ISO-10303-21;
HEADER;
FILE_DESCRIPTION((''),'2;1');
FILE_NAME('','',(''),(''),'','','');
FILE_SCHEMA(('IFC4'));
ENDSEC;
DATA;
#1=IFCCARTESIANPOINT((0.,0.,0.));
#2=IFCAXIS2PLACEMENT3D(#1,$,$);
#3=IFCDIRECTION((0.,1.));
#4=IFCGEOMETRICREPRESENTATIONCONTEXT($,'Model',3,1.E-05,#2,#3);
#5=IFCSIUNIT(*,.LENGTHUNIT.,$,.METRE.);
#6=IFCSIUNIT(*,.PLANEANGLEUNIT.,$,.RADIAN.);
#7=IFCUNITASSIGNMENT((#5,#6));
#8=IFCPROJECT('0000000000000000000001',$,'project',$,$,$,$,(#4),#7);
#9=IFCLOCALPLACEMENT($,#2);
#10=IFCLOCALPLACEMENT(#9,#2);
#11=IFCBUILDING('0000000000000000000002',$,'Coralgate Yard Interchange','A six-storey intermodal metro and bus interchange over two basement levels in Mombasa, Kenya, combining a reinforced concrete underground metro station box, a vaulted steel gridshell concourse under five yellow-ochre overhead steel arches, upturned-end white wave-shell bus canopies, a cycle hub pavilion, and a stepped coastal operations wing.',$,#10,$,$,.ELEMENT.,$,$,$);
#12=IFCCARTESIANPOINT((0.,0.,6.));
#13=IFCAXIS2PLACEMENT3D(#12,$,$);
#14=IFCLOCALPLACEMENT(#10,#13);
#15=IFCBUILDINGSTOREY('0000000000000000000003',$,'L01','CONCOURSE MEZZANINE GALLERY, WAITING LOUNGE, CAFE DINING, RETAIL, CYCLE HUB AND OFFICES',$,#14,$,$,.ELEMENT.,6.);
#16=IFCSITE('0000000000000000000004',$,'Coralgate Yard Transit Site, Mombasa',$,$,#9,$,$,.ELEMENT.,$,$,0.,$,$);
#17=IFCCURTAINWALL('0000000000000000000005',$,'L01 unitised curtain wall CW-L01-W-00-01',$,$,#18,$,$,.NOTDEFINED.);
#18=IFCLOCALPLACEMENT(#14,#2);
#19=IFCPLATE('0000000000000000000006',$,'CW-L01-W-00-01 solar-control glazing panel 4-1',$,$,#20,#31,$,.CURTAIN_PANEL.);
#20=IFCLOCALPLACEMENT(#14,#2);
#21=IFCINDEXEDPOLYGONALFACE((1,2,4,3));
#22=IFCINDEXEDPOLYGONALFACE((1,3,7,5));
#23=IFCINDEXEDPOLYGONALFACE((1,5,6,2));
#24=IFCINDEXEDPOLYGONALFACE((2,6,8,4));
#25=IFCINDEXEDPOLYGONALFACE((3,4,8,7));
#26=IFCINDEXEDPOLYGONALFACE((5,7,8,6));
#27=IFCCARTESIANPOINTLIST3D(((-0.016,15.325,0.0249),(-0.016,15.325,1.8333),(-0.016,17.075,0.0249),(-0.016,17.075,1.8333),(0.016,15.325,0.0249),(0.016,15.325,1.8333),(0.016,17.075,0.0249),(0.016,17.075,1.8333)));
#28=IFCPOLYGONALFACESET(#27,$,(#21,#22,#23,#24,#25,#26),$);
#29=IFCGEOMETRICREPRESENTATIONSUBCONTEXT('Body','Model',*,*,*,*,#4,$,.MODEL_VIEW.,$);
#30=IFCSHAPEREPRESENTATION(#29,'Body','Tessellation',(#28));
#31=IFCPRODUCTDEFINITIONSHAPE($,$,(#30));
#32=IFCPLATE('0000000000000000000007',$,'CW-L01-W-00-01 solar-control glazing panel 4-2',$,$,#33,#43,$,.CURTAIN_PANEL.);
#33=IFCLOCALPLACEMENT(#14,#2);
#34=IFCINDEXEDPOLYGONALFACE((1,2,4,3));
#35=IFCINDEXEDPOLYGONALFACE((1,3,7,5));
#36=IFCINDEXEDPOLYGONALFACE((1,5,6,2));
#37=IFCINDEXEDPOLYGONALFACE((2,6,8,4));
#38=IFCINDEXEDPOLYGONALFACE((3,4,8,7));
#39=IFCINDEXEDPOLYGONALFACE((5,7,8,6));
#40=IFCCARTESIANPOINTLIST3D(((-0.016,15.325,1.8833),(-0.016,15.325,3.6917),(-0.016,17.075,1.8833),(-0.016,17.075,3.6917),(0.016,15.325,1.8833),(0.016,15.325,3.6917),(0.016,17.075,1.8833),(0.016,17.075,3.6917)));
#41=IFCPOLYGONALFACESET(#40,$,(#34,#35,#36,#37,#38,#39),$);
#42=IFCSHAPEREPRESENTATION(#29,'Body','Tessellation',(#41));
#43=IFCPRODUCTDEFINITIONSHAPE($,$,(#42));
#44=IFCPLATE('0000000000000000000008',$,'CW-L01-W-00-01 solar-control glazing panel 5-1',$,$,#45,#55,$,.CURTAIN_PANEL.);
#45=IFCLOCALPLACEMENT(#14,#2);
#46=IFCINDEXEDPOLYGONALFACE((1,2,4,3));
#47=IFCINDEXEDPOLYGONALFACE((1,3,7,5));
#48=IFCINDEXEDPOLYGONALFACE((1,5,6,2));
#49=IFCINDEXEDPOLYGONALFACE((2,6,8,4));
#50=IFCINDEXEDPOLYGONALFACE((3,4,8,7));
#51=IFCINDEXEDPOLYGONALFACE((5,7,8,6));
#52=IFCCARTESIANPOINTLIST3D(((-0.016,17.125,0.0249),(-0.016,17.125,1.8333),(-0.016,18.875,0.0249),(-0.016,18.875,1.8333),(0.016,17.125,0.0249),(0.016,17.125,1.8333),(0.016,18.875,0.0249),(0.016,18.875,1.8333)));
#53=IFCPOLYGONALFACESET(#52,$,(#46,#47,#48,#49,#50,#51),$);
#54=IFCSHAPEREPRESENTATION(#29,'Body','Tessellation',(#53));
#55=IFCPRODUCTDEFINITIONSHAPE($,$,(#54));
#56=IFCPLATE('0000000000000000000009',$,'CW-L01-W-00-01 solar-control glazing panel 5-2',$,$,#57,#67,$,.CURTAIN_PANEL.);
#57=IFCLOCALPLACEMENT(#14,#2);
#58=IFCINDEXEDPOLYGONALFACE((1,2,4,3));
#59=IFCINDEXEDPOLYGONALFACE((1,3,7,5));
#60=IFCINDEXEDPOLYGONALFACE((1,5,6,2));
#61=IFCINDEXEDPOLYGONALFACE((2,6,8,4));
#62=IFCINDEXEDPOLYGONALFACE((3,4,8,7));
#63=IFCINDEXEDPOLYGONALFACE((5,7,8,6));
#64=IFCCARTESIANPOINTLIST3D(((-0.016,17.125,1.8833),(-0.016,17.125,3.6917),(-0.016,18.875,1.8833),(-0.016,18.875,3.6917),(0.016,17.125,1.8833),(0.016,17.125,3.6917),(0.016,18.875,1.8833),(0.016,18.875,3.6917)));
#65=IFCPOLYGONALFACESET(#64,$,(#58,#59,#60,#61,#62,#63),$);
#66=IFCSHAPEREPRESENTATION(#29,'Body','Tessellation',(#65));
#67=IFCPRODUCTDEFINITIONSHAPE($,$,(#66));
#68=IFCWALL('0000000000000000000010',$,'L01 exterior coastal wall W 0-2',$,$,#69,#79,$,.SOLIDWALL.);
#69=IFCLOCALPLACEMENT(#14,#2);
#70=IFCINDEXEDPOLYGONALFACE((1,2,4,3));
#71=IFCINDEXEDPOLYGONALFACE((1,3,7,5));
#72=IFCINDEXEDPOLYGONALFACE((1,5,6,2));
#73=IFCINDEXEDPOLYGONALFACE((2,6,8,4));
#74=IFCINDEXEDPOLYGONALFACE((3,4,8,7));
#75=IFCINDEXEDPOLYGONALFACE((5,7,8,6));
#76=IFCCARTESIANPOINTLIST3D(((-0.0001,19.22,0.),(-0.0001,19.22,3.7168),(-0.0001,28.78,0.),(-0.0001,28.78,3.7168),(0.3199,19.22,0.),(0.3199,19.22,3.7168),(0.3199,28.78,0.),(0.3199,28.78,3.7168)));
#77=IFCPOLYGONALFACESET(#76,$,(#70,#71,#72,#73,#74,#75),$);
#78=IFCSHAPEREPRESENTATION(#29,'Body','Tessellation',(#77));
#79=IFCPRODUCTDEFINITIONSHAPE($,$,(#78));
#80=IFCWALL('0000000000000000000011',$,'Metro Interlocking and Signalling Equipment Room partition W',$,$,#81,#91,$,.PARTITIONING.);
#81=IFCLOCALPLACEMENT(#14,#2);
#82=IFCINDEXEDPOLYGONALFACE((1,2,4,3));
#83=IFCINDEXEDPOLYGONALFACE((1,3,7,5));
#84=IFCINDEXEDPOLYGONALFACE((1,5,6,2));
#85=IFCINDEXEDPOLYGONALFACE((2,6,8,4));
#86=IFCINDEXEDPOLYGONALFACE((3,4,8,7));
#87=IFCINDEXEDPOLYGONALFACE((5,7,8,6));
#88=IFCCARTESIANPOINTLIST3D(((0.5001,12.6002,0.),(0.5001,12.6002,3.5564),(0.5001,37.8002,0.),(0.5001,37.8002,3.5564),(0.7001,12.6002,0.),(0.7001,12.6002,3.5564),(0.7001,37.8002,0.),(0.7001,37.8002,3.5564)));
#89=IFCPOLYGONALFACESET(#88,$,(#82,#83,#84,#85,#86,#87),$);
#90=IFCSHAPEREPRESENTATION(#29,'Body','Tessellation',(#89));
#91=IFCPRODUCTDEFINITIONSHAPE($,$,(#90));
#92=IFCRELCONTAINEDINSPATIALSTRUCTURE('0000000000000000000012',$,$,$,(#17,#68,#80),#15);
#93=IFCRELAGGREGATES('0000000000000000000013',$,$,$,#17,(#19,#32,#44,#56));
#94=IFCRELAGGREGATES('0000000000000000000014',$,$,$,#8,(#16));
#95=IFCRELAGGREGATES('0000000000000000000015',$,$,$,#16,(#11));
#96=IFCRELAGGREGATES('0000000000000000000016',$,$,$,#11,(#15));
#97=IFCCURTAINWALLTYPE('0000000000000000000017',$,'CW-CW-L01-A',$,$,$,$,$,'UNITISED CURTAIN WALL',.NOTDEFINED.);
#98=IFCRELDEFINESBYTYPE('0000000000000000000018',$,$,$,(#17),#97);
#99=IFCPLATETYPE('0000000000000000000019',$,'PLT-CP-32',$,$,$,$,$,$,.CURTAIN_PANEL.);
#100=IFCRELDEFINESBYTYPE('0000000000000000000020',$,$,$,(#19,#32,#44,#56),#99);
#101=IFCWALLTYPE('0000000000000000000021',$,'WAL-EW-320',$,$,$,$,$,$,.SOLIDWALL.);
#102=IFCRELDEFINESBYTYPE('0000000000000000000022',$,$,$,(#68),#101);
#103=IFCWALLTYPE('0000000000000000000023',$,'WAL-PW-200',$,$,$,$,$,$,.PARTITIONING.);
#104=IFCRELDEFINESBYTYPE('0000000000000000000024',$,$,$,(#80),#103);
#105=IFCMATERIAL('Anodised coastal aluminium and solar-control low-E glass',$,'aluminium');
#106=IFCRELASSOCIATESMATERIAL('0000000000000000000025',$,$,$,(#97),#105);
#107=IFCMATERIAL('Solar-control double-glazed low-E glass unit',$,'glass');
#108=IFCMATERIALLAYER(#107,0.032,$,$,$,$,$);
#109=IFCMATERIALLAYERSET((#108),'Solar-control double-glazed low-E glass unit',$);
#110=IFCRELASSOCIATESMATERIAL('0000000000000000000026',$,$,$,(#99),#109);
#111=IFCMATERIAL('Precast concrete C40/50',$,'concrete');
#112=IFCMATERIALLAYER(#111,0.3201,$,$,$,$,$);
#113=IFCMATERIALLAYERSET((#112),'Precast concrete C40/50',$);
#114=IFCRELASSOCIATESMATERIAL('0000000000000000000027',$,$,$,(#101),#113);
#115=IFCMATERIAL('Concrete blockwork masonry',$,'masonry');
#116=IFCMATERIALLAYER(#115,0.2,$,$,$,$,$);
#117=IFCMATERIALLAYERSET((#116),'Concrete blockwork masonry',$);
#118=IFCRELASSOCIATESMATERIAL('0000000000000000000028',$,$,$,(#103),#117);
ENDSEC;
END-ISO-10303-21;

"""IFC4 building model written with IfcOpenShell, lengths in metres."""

from ifc_helpers import new_model, si_unit, direction, frame, frame_2d, origin, origin_2d, place, context, subcontext, project, spatial, rectangle, extrude, material, layer, layer_set, type_object, element, aggregate, save


model = new_model("IFC4")

# Units and contexts
model_context = context("Model", 3, precision=1e-05, world=origin(), true_north=direction((0.0, 1.0)))
body_context = subcontext(model_context, "Body", "Model", "MODEL_VIEW")
ifc_project = project(units=[si_unit("LENGTHUNIT", "METRE"), si_unit("PLANEANGLEUNIT", "RADIAN")], contexts=[model_context])

# Site, building, storey
site_placement = place(None, origin())
site = spatial("IfcSite", under=ifc_project, at=site_placement, Name="Coralgate Yard Transit Site, Mombasa", CompositionType="ELEMENT", RefElevation=0.0)
building_placement = place(site_placement, origin())
building = spatial("IfcBuilding", under=site, at=building_placement, Name="Coralgate Yard Interchange", Description="A six-storey intermodal metro and bus interchange over two basement levels in Mombasa, Kenya, combining a reinforced concrete underground metro station box, a vaulted steel gridshell concourse under five yellow-ochre overhead steel arches, upturned-end white wave-shell bus canopies, a cycle hub pavilion, and a stepped coastal operations wing.", CompositionType="ELEMENT")
storey_placement = place(building_placement, frame((0.0, 0.0, 6.0)))
storey = spatial("IfcBuildingStorey", under=building, at=storey_placement, Name="L01", Description="CONCOURSE MEZZANINE GALLERY, WAITING LOUNGE, CAFE DINING, RETAIL, CYCLE HUB AND OFFICES", CompositionType="ELEMENT", Elevation=6.0)

# Curtain wall, plates
ifc_material_1 = material(Name="Anodised coastal aluminium and solar-control low-E glass", Category="aluminium")
curtain_wall_type = type_object("IfcCurtainWallType", Name="CW-CW-L01-A", ElementType="UNITISED CURTAIN WALL", PredefinedType="NOTDEFINED", material=ifc_material_1)
curtain_wall_placement = place(storey_placement, origin())
curtain_wall = element("IfcCurtainWall", 1, at=curtain_wall_placement, inside=storey, type_object=curtain_wall_type, Name="L01 unitised curtain wall CW-L01-W-00-01", PredefinedType="NOTDEFINED")
ifc_material_2 = material(Name="Solar-control double-glazed low-E glass unit", Category="glass")
ifc_layer_1 = layer(ifc_material_2, 0.032)
ifc_layer_set_1 = layer_set([ifc_layer_1], Name="Solar-control double-glazed low-E glass unit")
plate_type = type_object("IfcPlateType", Name="PLT-CP-32", PredefinedType="CURTAIN_PANEL", material=ifc_layer_set_1)
plate_1_placement = place(storey_placement, frame((0.0, 16.2, 0.0249), z_axis=(0.0, 0.0, 1.0), x_axis=(0.0, 1.0, 0.0)))
plate_1 = element("IfcPlate", 2, at=plate_1_placement, type_object=plate_type, Name="CW-L01-W-00-01 solar-control glazing panel 4-1", PredefinedType="CURTAIN_PANEL", context=body_context, shape_type="SweptSolid", body=[
    extrude(rectangle(XDim=1.75, YDim=0.032, at=origin_2d()), origin(), (0.0, 0.0, 1.0), 1.8083),
])
plate_2_placement = place(storey_placement, frame((0.0, 16.2, 1.8833), z_axis=(0.0, 0.0, 1.0), x_axis=(0.0, 1.0, 0.0)))
plate_2 = element("IfcPlate", 3, at=plate_2_placement, type_object=plate_type, Name="CW-L01-W-00-01 solar-control glazing panel 4-2", PredefinedType="CURTAIN_PANEL", context=body_context, shape_type="SweptSolid", body=[
    extrude(rectangle(XDim=1.75, YDim=0.032, at=origin_2d()), origin(), (0.0, 0.0, 1.0), 1.8083),
])
plate_3_placement = place(storey_placement, frame((0.0, 18.0, 0.0249), z_axis=(0.0, 0.0, 1.0), x_axis=(0.0, 1.0, 0.0)))
plate_3 = element("IfcPlate", 4, at=plate_3_placement, type_object=plate_type, Name="CW-L01-W-00-01 solar-control glazing panel 5-1", PredefinedType="CURTAIN_PANEL", context=body_context, shape_type="SweptSolid", body=[
    extrude(rectangle(XDim=1.75, YDim=0.032, at=origin_2d()), origin(), (0.0, 0.0, 1.0), 1.8083),
])
plate_4_placement = place(storey_placement, frame((0.0, 18.0, 1.8833), z_axis=(0.0, 0.0, 1.0), x_axis=(0.0, 1.0, 0.0)))
plate_4 = element("IfcPlate", 5, at=plate_4_placement, type_object=plate_type, Name="CW-L01-W-00-01 solar-control glazing panel 5-2", PredefinedType="CURTAIN_PANEL", context=body_context, shape_type="SweptSolid", body=[
    extrude(rectangle(XDim=1.75, YDim=0.032, at=origin_2d()), origin(), (0.0, 0.0, 1.0), 1.8083),
])
aggregate(curtain_wall, [plate_1, plate_2, plate_3, plate_4])

# Walls
ifc_material_3 = material(Name="Precast concrete C40/50", Category="concrete")
ifc_layer_2 = layer(ifc_material_3, 0.3201)
ifc_layer_set_2 = layer_set([ifc_layer_2], Name="Precast concrete C40/50")
wall_type_1 = type_object("IfcWallType", Name="WAL-EW-320", PredefinedType="SOLIDWALL", material=ifc_layer_set_2)
wall_1_placement = place(storey_placement, frame((0.1599, 19.22, 0.0), z_axis=(0.0, 0.0, 1.0), x_axis=(0.0, 1.0, 0.0)))
element("IfcWall", 6, at=wall_1_placement, inside=storey, type_object=wall_type_1, Name="L01 exterior coastal wall W 0-2", PredefinedType="SOLIDWALL", context=body_context, shape_type="SweptSolid", body=[
    extrude(rectangle(XDim=9.5601, YDim=0.3201, at=frame_2d((4.78, 0.0))), origin(), (0.0, 0.0, 1.0), 3.7168),
])
ifc_material_4 = material(Name="Concrete blockwork masonry", Category="masonry")
ifc_layer_3 = layer(ifc_material_4, 0.2)
ifc_layer_set_3 = layer_set([ifc_layer_3], Name="Concrete blockwork masonry")
wall_type_2 = type_object("IfcWallType", Name="WAL-PW-200", PredefinedType="PARTITIONING", material=ifc_layer_set_3)
wall_2_placement = place(storey_placement, frame((0.6001, 12.6001, 0.0), z_axis=(0.0, 0.0, 1.0), x_axis=(0.0, 1.0, 0.0)))
element("IfcWall", 7, at=wall_2_placement, inside=storey, type_object=wall_type_2, Name="Metro Interlocking and Signalling Equipment Room partition W", PredefinedType="PARTITIONING", context=body_context, shape_type="SweptSolid", body=[
    extrude(rectangle(XDim=25.2, YDim=0.2, at=frame_2d((12.6001, 0.0))), origin(), (0.0, 0.0, 1.0), 3.5564),
])

save(model, "model.ifc")
